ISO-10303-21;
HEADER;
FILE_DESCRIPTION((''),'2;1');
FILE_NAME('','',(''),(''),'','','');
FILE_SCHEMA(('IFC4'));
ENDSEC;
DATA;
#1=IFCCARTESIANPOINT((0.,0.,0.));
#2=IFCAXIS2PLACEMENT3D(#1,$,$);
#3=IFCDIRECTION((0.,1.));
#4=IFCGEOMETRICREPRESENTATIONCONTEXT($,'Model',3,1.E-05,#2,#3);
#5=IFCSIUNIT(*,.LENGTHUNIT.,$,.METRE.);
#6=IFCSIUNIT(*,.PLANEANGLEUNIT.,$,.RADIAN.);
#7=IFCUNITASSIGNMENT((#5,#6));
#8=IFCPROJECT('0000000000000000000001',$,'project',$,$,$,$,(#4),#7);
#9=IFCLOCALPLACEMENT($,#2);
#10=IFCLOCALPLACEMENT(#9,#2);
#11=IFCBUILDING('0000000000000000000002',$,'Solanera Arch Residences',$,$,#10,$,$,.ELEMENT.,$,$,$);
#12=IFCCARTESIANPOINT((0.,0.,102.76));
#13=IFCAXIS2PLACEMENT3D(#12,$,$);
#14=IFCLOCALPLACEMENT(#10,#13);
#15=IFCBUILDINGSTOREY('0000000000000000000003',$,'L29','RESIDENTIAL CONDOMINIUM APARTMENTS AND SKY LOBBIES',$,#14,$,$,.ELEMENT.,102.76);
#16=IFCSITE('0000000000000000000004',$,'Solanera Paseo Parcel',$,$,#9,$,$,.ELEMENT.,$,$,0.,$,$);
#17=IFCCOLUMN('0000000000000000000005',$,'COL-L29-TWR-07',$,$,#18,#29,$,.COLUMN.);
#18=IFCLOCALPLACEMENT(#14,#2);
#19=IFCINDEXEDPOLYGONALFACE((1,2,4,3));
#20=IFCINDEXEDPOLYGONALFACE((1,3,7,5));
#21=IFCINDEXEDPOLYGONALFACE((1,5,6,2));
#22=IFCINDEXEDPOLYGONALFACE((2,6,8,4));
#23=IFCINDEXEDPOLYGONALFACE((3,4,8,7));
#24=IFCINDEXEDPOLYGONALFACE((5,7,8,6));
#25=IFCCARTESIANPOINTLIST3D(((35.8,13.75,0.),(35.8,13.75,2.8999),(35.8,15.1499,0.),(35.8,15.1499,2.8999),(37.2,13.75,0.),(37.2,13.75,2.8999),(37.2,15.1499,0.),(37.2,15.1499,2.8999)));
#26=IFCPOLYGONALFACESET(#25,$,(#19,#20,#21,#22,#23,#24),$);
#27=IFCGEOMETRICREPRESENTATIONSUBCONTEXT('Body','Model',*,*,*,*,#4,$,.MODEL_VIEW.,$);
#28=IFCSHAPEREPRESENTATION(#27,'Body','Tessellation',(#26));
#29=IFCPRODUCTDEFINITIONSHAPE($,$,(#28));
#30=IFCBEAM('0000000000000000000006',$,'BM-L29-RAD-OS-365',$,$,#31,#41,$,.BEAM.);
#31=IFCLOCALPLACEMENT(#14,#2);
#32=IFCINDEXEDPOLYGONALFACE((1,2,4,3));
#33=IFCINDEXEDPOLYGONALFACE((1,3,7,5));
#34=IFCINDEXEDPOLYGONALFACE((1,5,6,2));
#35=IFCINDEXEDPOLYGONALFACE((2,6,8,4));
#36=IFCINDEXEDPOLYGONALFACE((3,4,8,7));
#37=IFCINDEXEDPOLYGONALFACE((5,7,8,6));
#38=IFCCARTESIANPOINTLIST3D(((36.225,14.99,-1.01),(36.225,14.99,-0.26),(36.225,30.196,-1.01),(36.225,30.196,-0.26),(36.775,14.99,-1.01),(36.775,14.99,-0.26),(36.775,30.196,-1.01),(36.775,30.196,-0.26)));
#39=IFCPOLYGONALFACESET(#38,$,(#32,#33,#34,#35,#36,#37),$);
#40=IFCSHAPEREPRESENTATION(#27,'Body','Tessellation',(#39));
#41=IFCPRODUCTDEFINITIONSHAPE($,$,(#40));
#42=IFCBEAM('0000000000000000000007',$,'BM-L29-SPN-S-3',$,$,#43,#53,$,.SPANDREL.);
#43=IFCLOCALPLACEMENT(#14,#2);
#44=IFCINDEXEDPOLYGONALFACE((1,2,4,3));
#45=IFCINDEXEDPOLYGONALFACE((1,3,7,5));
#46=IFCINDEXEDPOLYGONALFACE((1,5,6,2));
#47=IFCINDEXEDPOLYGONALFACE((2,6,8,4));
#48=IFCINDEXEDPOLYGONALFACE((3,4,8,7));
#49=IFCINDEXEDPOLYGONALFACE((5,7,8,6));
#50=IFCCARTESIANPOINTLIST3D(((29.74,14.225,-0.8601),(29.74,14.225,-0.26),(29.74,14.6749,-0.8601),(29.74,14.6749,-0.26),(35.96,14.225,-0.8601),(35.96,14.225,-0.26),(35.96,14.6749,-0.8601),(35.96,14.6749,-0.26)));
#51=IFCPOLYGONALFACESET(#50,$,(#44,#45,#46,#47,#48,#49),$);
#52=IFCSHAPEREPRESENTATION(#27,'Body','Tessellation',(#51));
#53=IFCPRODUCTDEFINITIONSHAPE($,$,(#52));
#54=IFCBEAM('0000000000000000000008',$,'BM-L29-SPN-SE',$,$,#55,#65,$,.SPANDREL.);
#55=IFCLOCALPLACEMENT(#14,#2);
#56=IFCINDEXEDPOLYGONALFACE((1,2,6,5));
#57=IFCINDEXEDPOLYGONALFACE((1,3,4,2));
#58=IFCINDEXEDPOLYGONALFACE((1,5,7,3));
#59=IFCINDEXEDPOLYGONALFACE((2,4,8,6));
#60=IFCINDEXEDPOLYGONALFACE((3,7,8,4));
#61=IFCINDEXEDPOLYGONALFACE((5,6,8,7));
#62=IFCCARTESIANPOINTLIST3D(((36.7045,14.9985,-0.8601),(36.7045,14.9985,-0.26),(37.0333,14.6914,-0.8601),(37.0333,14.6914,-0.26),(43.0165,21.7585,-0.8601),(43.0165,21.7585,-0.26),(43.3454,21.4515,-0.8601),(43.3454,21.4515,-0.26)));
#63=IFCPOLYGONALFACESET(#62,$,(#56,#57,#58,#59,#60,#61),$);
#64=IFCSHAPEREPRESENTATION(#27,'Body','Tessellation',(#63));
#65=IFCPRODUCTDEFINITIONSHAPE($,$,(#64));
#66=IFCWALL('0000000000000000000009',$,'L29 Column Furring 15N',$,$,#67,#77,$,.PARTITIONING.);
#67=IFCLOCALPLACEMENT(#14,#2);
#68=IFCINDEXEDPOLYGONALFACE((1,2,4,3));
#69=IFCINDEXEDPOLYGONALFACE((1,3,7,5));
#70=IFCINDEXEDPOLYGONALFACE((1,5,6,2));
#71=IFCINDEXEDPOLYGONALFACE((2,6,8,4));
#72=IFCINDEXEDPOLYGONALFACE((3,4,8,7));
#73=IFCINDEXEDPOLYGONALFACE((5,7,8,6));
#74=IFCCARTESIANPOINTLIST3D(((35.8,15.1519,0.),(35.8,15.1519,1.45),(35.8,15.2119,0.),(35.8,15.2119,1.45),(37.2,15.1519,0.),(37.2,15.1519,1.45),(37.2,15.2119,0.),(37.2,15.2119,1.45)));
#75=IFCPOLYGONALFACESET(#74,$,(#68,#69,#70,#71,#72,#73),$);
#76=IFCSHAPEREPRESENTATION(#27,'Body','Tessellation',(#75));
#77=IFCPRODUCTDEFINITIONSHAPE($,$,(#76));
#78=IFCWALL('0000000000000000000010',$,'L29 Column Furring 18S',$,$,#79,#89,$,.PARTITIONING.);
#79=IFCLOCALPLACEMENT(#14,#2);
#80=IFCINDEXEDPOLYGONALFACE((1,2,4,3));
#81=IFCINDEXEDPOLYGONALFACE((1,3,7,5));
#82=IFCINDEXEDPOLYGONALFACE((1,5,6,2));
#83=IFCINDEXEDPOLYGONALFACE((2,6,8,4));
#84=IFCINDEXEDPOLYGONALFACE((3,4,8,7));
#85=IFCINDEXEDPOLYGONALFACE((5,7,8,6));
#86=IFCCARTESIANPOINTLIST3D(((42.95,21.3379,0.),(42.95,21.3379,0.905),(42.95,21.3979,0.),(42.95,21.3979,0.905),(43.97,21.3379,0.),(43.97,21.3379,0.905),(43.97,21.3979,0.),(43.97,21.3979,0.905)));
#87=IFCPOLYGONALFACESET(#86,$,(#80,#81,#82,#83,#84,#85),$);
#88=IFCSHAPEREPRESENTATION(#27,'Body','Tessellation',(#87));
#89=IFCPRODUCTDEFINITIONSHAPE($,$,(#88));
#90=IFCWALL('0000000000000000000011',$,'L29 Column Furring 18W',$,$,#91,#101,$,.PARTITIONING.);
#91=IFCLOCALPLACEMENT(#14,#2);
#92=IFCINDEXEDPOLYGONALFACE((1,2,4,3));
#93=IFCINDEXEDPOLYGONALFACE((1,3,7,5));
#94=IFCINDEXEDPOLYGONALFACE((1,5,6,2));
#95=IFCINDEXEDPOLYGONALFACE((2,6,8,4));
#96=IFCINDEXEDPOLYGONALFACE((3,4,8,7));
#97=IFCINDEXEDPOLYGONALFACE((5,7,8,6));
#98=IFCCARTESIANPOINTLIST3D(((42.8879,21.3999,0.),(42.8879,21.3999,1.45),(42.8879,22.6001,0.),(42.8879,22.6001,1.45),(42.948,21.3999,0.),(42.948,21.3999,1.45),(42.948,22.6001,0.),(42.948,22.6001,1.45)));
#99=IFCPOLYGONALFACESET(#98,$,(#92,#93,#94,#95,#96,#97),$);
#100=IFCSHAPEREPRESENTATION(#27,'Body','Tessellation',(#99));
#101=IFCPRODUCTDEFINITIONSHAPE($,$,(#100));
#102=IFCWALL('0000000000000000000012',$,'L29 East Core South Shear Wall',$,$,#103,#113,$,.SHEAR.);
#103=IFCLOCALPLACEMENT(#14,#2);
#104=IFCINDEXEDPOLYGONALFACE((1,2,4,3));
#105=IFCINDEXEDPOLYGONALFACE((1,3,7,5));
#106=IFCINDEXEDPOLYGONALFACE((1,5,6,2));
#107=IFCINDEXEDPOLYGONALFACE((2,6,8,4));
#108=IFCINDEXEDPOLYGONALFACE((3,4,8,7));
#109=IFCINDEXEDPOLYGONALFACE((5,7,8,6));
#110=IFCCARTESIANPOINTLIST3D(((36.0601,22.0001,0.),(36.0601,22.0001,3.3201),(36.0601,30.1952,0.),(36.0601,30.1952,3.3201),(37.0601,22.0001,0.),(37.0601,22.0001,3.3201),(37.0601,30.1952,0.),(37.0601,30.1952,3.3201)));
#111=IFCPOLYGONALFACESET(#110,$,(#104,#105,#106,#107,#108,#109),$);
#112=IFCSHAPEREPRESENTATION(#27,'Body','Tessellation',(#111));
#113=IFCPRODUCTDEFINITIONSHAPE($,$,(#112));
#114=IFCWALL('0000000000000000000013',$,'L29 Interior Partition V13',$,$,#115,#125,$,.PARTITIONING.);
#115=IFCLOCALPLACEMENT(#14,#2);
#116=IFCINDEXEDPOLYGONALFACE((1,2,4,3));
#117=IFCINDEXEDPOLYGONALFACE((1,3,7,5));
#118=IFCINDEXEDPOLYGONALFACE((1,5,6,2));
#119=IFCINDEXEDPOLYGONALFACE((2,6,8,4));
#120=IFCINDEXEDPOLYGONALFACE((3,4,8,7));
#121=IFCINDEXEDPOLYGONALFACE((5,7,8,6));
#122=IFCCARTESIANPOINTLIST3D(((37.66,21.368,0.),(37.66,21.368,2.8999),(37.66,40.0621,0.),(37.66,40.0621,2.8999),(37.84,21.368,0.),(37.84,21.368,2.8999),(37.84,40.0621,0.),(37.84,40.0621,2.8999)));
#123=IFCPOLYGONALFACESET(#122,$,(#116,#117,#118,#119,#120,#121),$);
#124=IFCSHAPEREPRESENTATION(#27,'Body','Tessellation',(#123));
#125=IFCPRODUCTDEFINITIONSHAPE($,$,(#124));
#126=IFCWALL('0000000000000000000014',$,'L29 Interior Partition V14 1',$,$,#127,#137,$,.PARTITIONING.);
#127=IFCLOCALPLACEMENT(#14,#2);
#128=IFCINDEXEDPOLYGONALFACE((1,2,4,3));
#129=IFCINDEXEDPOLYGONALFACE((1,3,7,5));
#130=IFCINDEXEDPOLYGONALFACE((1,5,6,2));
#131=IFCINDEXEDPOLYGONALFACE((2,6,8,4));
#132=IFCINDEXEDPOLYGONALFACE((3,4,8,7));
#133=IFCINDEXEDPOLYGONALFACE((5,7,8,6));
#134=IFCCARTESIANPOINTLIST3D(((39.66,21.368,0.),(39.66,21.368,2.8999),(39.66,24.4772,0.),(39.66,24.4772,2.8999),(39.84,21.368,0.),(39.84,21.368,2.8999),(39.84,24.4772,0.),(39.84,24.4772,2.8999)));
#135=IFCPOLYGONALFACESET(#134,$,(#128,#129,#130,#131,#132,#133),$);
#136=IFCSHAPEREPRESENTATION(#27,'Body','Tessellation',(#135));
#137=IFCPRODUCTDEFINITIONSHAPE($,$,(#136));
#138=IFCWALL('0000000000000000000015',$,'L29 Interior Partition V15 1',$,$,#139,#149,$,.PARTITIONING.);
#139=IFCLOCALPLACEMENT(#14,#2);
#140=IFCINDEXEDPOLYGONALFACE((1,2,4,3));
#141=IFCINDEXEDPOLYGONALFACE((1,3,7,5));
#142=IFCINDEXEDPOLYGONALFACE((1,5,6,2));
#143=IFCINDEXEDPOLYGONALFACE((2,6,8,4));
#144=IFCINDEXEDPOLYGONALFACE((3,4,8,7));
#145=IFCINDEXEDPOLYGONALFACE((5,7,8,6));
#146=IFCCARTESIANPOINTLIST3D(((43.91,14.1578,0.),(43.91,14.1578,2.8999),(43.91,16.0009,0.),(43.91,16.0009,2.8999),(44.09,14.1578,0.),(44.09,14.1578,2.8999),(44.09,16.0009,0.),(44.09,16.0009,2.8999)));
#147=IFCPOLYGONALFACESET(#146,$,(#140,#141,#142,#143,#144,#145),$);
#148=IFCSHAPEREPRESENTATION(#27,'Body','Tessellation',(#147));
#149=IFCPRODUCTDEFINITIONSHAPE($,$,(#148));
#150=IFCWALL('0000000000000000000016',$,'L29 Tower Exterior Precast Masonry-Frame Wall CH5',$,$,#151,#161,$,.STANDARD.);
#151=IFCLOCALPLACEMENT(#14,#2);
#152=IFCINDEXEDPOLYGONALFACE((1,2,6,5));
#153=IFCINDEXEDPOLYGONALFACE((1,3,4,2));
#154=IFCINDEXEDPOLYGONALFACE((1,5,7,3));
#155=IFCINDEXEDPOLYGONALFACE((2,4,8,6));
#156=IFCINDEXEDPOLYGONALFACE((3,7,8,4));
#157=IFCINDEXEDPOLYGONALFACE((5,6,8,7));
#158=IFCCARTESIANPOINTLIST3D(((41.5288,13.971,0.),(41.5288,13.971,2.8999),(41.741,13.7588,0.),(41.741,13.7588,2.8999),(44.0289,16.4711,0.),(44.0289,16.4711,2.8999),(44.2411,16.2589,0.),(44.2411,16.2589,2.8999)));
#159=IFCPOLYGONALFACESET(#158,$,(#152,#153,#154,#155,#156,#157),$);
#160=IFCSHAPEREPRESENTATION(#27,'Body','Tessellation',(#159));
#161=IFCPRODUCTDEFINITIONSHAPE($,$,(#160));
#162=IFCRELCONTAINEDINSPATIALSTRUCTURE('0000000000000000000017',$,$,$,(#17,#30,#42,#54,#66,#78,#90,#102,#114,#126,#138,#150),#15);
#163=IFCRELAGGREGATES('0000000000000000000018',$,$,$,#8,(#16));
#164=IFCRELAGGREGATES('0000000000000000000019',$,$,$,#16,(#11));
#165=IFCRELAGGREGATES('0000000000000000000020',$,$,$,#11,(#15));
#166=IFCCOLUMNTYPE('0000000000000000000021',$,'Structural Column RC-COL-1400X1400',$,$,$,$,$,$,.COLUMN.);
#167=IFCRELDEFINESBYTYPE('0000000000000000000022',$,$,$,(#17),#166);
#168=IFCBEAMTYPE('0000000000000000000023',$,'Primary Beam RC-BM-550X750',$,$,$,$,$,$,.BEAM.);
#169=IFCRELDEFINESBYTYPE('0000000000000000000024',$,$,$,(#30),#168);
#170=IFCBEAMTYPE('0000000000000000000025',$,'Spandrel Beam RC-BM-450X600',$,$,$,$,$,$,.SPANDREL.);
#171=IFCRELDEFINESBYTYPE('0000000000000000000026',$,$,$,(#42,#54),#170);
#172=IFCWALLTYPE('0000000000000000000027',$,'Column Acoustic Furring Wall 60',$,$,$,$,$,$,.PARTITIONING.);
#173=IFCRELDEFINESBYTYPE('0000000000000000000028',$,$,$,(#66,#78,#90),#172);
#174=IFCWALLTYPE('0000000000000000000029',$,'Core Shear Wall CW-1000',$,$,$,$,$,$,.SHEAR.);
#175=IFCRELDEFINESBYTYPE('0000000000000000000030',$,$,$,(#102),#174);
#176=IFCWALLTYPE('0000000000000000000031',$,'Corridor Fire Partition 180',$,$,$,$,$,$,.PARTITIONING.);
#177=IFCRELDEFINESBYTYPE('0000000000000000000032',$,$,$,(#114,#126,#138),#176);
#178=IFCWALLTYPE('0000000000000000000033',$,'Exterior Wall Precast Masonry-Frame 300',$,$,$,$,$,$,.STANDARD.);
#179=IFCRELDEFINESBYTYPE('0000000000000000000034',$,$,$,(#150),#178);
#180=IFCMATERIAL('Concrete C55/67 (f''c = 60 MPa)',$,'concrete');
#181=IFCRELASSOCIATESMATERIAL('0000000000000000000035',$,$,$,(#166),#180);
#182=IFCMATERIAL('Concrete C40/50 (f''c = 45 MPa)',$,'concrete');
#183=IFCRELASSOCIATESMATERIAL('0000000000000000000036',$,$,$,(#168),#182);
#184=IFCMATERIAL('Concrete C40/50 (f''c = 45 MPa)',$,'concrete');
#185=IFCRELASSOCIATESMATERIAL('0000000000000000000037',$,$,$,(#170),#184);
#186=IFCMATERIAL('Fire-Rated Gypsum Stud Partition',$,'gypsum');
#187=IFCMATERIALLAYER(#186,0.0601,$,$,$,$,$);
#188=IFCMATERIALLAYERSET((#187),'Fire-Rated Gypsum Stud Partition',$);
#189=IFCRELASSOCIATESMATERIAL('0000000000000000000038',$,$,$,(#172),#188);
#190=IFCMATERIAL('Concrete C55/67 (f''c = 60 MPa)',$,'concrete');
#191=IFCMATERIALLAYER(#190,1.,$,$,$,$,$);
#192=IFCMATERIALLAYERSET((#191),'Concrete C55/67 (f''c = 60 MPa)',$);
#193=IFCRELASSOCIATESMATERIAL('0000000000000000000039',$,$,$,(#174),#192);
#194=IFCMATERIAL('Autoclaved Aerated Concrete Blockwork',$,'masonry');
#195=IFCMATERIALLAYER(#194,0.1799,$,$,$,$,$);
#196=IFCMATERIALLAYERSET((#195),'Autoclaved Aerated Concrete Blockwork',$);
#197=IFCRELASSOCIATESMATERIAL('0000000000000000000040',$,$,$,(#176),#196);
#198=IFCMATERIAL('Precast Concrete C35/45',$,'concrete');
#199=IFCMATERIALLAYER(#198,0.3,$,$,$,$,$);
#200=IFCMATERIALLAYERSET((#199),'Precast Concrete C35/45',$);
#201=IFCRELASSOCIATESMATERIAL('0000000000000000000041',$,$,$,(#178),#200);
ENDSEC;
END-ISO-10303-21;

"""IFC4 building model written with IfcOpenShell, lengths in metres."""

from ifc_helpers import new_model, si_unit, direction, frame, frame_2d, origin, origin_2d, place, context, subcontext, project, spatial, rectangle, extrude, material, layer, layer_set, material_profile, profile_set, type_object, element, save


model = new_model("IFC4")

# Units and contexts
model_context = context("Model", 3, precision=1e-05, world=origin(), true_north=direction((0.0, 1.0)))
body_context = subcontext(model_context, "Body", "Model", "MODEL_VIEW")
ifc_project = project(units=[si_unit("LENGTHUNIT", "METRE"), si_unit("PLANEANGLEUNIT", "RADIAN")], contexts=[model_context])

# Site, building, storey
site_placement = place(None, origin())
site = spatial("IfcSite", under=ifc_project, at=site_placement, Name="Solanera Paseo Parcel", CompositionType="ELEMENT", RefElevation=0.0)
building_placement = place(site_placement, origin())
building = spatial("IfcBuilding", under=site, at=building_placement, Name="Solanera Arch Residences", CompositionType="ELEMENT")
storey_placement = place(building_placement, frame((0.0, 0.0, 102.76)))
storey = spatial("IfcBuildingStorey", under=building, at=storey_placement, Name="L29", Description="RESIDENTIAL CONDOMINIUM APARTMENTS AND SKY LOBBIES", CompositionType="ELEMENT", Elevation=102.76)

# Column
ifc_material_1 = material(Name="Concrete C55/67 (f'c = 60 MPa)", Category="concrete")
ifc_material_profile_1 = material_profile(ifc_material_1, rectangle(XDim=1.3999, YDim=1.3999, at=origin_2d()))
ifc_profile_set_1 = profile_set([ifc_material_profile_1], Name="Concrete C55/67 (f'c = 60 MPa)")
column_type = type_object("IfcColumnType", Name="Structural Column RC-COL-1400X1400", PredefinedType="COLUMN", material=ifc_profile_set_1)
column_placement = place(storey_placement, frame((36.5, 14.45, 0.0), z_axis=(0.0, 0.0, 1.0), x_axis=(1.0, 0.0, 0.0)))
element("IfcColumn", 1, at=column_placement, inside=storey, type_object=column_type, Name="COL-L29-TWR-07", PredefinedType="COLUMN", context=body_context, shape_type="SweptSolid", body=[
    extrude(rectangle(XDim=1.3999, YDim=1.3999, at=origin_2d()), origin(), (0.0, 0.0, 1.0), 2.8999),
])

# Beams
ifc_material_2 = material(Name="Concrete C40/50 (f'c = 45 MPa)", Category="concrete")
ifc_material_profile_2 = material_profile(ifc_material_2, rectangle(XDim=0.55, YDim=0.75, at=origin_2d()))
ifc_profile_set_2 = profile_set([ifc_material_profile_2], Name="Concrete C40/50 (f'c = 45 MPa)")
beam_type_1 = type_object("IfcBeamType", Name="Primary Beam RC-BM-550X750", PredefinedType="BEAM", material=ifc_profile_set_2)
beam_1_placement = place(storey_placement, frame((36.5, 14.99, -0.635), z_axis=(0.0, 1.0, 0.0), x_axis=(-1.0, 0.0, 0.0)))
element("IfcBeam", 2, at=beam_1_placement, inside=storey, type_object=beam_type_1, Name="BM-L29-RAD-OS-365", PredefinedType="BEAM", context=body_context, shape_type="SweptSolid", body=[
    extrude(rectangle(XDim=0.55, YDim=0.75, at=origin_2d()), origin(), (0.0, 0.0, 1.0), 15.2061),
])
ifc_material_3 = material(Name="Concrete C40/50 (f'c = 45 MPa)", Category="concrete")
ifc_material_profile_3 = material_profile(ifc_material_3, rectangle(XDim=0.45, YDim=0.6001, at=origin_2d()))
ifc_profile_set_3 = profile_set([ifc_material_profile_3], Name="Concrete C40/50 (f'c = 45 MPa)")
beam_type_2 = type_object("IfcBeamType", Name="Spandrel Beam RC-BM-450X600", PredefinedType="SPANDREL", material=ifc_profile_set_3)
beam_2_placement = place(storey_placement, frame((29.74, 14.45, -0.5601), z_axis=(1.0, 0.0, 0.0), x_axis=(0.0, 1.0, 0.0)))
element("IfcBeam", 3, at=beam_2_placement, inside=storey, type_object=beam_type_2, Name="BM-L29-SPN-S-3", PredefinedType="SPANDREL", context=body_context, shape_type="SweptSolid", body=[
    extrude(rectangle(XDim=0.45, YDim=0.6001, at=origin_2d()), origin(), (0.0, 0.0, 1.0), 6.22),
])
beam_3_placement = place(storey_placement, frame((36.8689, 14.845, -0.5601), z_axis=(0.682472, 0.730911, 0.0), x_axis=(-0.730911, 0.682472, 0.0)))
element("IfcBeam", 4, at=beam_3_placement, inside=storey, type_object=beam_type_2, Name="BM-L29-SPN-SE", PredefinedType="SPANDREL", context=body_context, shape_type="SweptSolid", body=[
    extrude(rectangle(XDim=0.45, YDim=0.6001, at=origin_2d()), origin(), (0.0, 0.0, 1.0), 9.2488),
])

# Walls
ifc_material_4 = material(Name="Fire-Rated Gypsum Stud Partition", Category="gypsum")
ifc_layer_1 = layer(ifc_material_4, 0.0601)
ifc_layer_set_1 = layer_set([ifc_layer_1], Name="Fire-Rated Gypsum Stud Partition")
wall_type_1 = type_object("IfcWallType", Name="Column Acoustic Furring Wall 60", PredefinedType="PARTITIONING", material=ifc_layer_set_1)
wall_1_placement = place(storey_placement, frame((35.8, 15.1819, 0.0), z_axis=(0.0, 0.0, 1.0), x_axis=(1.0, 0.0, 0.0)))
element("IfcWall", 5, at=wall_1_placement, inside=storey, type_object=wall_type_1, Name="L29 Column Furring 15N", PredefinedType="PARTITIONING", context=body_context, shape_type="SweptSolid", body=[
    extrude(rectangle(XDim=1.3999, YDim=0.0601, at=frame_2d((0.7, 0.0))), origin(), (0.0, 0.0, 1.0), 1.45),
])
wall_2_placement = place(storey_placement, frame((42.95, 21.3679, 0.0), z_axis=(0.0, 0.0, 1.0), x_axis=(1.0, 0.0, 0.0)))
element("IfcWall", 6, at=wall_2_placement, inside=storey, type_object=wall_type_1, Name="L29 Column Furring 18S", PredefinedType="PARTITIONING", context=body_context, shape_type="SweptSolid", body=[
    extrude(rectangle(XDim=1.02, YDim=0.0601, at=frame_2d((0.51, 0.0))), origin(), (0.0, 0.0, 1.0), 0.905),
])
wall_3_placement = place(storey_placement, frame((42.918, 21.3999, 0.0), z_axis=(0.0, 0.0, 1.0), x_axis=(0.0, 1.0, 0.0)))
element("IfcWall", 7, at=wall_3_placement, inside=storey, type_object=wall_type_1, Name="L29 Column Furring 18W", PredefinedType="PARTITIONING", context=body_context, shape_type="SweptSolid", body=[
    extrude(rectangle(XDim=1.2002, YDim=0.0601, at=frame_2d((0.6001, 0.0))), origin(), (0.0, 0.0, 1.0), 1.45),
])
ifc_material_5 = material(Name="Concrete C55/67 (f'c = 60 MPa)", Category="concrete")
ifc_layer_2 = layer(ifc_material_5, 1.0)
ifc_layer_set_2 = layer_set([ifc_layer_2], Name="Concrete C55/67 (f'c = 60 MPa)")
wall_type_2 = type_object("IfcWallType", Name="Core Shear Wall CW-1000", PredefinedType="SHEAR", material=ifc_layer_set_2)
wall_4_placement = place(storey_placement, frame((36.5601, 22.0, 0.0), z_axis=(0.0, 0.0, 1.0), x_axis=(0.0, 1.0, 0.0)))
element("IfcWall", 8, at=wall_4_placement, inside=storey, type_object=wall_type_2, Name="L29 East Core South Shear Wall", PredefinedType="SHEAR", context=body_context, shape_type="SweptSolid", body=[
    extrude(rectangle(XDim=8.1951, YDim=1.0, at=frame_2d((4.0977, 0.0))), origin(), (0.0, 0.0, 1.0), 3.3201),
])
ifc_material_6 = material(Name="Autoclaved Aerated Concrete Blockwork", Category="masonry")
ifc_layer_3 = layer(ifc_material_6, 0.1799)
ifc_layer_set_3 = layer_set([ifc_layer_3], Name="Autoclaved Aerated Concrete Blockwork")
wall_type_3 = type_object("IfcWallType", Name="Corridor Fire Partition 180", PredefinedType="PARTITIONING", material=ifc_layer_set_3)
wall_5_placement = place(storey_placement, frame((37.75, 21.3679, 0.0), z_axis=(0.0, 0.0, 1.0), x_axis=(0.0, 1.0, 0.0)))
element("IfcWall", 9, at=wall_5_placement, inside=storey, type_object=wall_type_3, Name="L29 Interior Partition V13", PredefinedType="PARTITIONING", context=body_context, shape_type="SweptSolid", body=[
    extrude(rectangle(XDim=18.6941, YDim=0.1799, at=frame_2d((9.3472, 0.0))), origin(), (0.0, 0.0, 1.0), 2.8999),
])
wall_6_placement = place(storey_placement, frame((39.75, 21.3679, 0.0), z_axis=(0.0, 0.0, 1.0), x_axis=(0.0, 1.0, 0.0)))
element("IfcWall", 10, at=wall_6_placement, inside=storey, type_object=wall_type_3, Name="L29 Interior Partition V14 1", PredefinedType="PARTITIONING", context=body_context, shape_type="SweptSolid", body=[
    extrude(rectangle(XDim=3.1091, YDim=0.1799, at=frame_2d((1.5547, 0.0))), origin(), (0.0, 0.0, 1.0), 2.8999),
])
wall_7_placement = place(storey_placement, frame((44.0, 14.158, 0.0), z_axis=(0.0, 0.0, 1.0), x_axis=(0.0, 1.0, 0.0)))
element("IfcWall", 11, at=wall_7_placement, inside=storey, type_object=wall_type_3, Name="L29 Interior Partition V15 1", PredefinedType="PARTITIONING", context=body_context, shape_type="SweptSolid", body=[
    extrude(rectangle(XDim=1.843, YDim=0.1799, at=frame_2d((0.9214, 0.0))), origin(), (0.0, 0.0, 1.0), 2.8999),
])
ifc_material_7 = material(Name="Precast Concrete C35/45", Category="concrete")
ifc_layer_4 = layer(ifc_material_7, 0.3)
ifc_layer_set_4 = layer_set([ifc_layer_4], Name="Precast Concrete C35/45")
wall_type_4 = type_object("IfcWallType", Name="Exterior Wall Precast Masonry-Frame 300", PredefinedType="STANDARD", material=ifc_layer_set_4)
wall_8_placement = place(storey_placement, frame((44.135, 16.365, 0.0), z_axis=(0.0, 0.0, 1.0), x_axis=(-0.707107, -0.707107, 0.0)))
element("IfcWall", 12, at=wall_8_placement, inside=storey, type_object=wall_type_4, Name="L29 Tower Exterior Precast Masonry-Frame Wall CH5", PredefinedType="STANDARD", context=body_context, shape_type="SweptSolid", body=[
    extrude(rectangle(XDim=3.5356, YDim=0.3, at=frame_2d((1.7678, 0.0))), origin(), (0.0, 0.0, 1.0), 2.8999),
])

save(model, "model.ifc")
